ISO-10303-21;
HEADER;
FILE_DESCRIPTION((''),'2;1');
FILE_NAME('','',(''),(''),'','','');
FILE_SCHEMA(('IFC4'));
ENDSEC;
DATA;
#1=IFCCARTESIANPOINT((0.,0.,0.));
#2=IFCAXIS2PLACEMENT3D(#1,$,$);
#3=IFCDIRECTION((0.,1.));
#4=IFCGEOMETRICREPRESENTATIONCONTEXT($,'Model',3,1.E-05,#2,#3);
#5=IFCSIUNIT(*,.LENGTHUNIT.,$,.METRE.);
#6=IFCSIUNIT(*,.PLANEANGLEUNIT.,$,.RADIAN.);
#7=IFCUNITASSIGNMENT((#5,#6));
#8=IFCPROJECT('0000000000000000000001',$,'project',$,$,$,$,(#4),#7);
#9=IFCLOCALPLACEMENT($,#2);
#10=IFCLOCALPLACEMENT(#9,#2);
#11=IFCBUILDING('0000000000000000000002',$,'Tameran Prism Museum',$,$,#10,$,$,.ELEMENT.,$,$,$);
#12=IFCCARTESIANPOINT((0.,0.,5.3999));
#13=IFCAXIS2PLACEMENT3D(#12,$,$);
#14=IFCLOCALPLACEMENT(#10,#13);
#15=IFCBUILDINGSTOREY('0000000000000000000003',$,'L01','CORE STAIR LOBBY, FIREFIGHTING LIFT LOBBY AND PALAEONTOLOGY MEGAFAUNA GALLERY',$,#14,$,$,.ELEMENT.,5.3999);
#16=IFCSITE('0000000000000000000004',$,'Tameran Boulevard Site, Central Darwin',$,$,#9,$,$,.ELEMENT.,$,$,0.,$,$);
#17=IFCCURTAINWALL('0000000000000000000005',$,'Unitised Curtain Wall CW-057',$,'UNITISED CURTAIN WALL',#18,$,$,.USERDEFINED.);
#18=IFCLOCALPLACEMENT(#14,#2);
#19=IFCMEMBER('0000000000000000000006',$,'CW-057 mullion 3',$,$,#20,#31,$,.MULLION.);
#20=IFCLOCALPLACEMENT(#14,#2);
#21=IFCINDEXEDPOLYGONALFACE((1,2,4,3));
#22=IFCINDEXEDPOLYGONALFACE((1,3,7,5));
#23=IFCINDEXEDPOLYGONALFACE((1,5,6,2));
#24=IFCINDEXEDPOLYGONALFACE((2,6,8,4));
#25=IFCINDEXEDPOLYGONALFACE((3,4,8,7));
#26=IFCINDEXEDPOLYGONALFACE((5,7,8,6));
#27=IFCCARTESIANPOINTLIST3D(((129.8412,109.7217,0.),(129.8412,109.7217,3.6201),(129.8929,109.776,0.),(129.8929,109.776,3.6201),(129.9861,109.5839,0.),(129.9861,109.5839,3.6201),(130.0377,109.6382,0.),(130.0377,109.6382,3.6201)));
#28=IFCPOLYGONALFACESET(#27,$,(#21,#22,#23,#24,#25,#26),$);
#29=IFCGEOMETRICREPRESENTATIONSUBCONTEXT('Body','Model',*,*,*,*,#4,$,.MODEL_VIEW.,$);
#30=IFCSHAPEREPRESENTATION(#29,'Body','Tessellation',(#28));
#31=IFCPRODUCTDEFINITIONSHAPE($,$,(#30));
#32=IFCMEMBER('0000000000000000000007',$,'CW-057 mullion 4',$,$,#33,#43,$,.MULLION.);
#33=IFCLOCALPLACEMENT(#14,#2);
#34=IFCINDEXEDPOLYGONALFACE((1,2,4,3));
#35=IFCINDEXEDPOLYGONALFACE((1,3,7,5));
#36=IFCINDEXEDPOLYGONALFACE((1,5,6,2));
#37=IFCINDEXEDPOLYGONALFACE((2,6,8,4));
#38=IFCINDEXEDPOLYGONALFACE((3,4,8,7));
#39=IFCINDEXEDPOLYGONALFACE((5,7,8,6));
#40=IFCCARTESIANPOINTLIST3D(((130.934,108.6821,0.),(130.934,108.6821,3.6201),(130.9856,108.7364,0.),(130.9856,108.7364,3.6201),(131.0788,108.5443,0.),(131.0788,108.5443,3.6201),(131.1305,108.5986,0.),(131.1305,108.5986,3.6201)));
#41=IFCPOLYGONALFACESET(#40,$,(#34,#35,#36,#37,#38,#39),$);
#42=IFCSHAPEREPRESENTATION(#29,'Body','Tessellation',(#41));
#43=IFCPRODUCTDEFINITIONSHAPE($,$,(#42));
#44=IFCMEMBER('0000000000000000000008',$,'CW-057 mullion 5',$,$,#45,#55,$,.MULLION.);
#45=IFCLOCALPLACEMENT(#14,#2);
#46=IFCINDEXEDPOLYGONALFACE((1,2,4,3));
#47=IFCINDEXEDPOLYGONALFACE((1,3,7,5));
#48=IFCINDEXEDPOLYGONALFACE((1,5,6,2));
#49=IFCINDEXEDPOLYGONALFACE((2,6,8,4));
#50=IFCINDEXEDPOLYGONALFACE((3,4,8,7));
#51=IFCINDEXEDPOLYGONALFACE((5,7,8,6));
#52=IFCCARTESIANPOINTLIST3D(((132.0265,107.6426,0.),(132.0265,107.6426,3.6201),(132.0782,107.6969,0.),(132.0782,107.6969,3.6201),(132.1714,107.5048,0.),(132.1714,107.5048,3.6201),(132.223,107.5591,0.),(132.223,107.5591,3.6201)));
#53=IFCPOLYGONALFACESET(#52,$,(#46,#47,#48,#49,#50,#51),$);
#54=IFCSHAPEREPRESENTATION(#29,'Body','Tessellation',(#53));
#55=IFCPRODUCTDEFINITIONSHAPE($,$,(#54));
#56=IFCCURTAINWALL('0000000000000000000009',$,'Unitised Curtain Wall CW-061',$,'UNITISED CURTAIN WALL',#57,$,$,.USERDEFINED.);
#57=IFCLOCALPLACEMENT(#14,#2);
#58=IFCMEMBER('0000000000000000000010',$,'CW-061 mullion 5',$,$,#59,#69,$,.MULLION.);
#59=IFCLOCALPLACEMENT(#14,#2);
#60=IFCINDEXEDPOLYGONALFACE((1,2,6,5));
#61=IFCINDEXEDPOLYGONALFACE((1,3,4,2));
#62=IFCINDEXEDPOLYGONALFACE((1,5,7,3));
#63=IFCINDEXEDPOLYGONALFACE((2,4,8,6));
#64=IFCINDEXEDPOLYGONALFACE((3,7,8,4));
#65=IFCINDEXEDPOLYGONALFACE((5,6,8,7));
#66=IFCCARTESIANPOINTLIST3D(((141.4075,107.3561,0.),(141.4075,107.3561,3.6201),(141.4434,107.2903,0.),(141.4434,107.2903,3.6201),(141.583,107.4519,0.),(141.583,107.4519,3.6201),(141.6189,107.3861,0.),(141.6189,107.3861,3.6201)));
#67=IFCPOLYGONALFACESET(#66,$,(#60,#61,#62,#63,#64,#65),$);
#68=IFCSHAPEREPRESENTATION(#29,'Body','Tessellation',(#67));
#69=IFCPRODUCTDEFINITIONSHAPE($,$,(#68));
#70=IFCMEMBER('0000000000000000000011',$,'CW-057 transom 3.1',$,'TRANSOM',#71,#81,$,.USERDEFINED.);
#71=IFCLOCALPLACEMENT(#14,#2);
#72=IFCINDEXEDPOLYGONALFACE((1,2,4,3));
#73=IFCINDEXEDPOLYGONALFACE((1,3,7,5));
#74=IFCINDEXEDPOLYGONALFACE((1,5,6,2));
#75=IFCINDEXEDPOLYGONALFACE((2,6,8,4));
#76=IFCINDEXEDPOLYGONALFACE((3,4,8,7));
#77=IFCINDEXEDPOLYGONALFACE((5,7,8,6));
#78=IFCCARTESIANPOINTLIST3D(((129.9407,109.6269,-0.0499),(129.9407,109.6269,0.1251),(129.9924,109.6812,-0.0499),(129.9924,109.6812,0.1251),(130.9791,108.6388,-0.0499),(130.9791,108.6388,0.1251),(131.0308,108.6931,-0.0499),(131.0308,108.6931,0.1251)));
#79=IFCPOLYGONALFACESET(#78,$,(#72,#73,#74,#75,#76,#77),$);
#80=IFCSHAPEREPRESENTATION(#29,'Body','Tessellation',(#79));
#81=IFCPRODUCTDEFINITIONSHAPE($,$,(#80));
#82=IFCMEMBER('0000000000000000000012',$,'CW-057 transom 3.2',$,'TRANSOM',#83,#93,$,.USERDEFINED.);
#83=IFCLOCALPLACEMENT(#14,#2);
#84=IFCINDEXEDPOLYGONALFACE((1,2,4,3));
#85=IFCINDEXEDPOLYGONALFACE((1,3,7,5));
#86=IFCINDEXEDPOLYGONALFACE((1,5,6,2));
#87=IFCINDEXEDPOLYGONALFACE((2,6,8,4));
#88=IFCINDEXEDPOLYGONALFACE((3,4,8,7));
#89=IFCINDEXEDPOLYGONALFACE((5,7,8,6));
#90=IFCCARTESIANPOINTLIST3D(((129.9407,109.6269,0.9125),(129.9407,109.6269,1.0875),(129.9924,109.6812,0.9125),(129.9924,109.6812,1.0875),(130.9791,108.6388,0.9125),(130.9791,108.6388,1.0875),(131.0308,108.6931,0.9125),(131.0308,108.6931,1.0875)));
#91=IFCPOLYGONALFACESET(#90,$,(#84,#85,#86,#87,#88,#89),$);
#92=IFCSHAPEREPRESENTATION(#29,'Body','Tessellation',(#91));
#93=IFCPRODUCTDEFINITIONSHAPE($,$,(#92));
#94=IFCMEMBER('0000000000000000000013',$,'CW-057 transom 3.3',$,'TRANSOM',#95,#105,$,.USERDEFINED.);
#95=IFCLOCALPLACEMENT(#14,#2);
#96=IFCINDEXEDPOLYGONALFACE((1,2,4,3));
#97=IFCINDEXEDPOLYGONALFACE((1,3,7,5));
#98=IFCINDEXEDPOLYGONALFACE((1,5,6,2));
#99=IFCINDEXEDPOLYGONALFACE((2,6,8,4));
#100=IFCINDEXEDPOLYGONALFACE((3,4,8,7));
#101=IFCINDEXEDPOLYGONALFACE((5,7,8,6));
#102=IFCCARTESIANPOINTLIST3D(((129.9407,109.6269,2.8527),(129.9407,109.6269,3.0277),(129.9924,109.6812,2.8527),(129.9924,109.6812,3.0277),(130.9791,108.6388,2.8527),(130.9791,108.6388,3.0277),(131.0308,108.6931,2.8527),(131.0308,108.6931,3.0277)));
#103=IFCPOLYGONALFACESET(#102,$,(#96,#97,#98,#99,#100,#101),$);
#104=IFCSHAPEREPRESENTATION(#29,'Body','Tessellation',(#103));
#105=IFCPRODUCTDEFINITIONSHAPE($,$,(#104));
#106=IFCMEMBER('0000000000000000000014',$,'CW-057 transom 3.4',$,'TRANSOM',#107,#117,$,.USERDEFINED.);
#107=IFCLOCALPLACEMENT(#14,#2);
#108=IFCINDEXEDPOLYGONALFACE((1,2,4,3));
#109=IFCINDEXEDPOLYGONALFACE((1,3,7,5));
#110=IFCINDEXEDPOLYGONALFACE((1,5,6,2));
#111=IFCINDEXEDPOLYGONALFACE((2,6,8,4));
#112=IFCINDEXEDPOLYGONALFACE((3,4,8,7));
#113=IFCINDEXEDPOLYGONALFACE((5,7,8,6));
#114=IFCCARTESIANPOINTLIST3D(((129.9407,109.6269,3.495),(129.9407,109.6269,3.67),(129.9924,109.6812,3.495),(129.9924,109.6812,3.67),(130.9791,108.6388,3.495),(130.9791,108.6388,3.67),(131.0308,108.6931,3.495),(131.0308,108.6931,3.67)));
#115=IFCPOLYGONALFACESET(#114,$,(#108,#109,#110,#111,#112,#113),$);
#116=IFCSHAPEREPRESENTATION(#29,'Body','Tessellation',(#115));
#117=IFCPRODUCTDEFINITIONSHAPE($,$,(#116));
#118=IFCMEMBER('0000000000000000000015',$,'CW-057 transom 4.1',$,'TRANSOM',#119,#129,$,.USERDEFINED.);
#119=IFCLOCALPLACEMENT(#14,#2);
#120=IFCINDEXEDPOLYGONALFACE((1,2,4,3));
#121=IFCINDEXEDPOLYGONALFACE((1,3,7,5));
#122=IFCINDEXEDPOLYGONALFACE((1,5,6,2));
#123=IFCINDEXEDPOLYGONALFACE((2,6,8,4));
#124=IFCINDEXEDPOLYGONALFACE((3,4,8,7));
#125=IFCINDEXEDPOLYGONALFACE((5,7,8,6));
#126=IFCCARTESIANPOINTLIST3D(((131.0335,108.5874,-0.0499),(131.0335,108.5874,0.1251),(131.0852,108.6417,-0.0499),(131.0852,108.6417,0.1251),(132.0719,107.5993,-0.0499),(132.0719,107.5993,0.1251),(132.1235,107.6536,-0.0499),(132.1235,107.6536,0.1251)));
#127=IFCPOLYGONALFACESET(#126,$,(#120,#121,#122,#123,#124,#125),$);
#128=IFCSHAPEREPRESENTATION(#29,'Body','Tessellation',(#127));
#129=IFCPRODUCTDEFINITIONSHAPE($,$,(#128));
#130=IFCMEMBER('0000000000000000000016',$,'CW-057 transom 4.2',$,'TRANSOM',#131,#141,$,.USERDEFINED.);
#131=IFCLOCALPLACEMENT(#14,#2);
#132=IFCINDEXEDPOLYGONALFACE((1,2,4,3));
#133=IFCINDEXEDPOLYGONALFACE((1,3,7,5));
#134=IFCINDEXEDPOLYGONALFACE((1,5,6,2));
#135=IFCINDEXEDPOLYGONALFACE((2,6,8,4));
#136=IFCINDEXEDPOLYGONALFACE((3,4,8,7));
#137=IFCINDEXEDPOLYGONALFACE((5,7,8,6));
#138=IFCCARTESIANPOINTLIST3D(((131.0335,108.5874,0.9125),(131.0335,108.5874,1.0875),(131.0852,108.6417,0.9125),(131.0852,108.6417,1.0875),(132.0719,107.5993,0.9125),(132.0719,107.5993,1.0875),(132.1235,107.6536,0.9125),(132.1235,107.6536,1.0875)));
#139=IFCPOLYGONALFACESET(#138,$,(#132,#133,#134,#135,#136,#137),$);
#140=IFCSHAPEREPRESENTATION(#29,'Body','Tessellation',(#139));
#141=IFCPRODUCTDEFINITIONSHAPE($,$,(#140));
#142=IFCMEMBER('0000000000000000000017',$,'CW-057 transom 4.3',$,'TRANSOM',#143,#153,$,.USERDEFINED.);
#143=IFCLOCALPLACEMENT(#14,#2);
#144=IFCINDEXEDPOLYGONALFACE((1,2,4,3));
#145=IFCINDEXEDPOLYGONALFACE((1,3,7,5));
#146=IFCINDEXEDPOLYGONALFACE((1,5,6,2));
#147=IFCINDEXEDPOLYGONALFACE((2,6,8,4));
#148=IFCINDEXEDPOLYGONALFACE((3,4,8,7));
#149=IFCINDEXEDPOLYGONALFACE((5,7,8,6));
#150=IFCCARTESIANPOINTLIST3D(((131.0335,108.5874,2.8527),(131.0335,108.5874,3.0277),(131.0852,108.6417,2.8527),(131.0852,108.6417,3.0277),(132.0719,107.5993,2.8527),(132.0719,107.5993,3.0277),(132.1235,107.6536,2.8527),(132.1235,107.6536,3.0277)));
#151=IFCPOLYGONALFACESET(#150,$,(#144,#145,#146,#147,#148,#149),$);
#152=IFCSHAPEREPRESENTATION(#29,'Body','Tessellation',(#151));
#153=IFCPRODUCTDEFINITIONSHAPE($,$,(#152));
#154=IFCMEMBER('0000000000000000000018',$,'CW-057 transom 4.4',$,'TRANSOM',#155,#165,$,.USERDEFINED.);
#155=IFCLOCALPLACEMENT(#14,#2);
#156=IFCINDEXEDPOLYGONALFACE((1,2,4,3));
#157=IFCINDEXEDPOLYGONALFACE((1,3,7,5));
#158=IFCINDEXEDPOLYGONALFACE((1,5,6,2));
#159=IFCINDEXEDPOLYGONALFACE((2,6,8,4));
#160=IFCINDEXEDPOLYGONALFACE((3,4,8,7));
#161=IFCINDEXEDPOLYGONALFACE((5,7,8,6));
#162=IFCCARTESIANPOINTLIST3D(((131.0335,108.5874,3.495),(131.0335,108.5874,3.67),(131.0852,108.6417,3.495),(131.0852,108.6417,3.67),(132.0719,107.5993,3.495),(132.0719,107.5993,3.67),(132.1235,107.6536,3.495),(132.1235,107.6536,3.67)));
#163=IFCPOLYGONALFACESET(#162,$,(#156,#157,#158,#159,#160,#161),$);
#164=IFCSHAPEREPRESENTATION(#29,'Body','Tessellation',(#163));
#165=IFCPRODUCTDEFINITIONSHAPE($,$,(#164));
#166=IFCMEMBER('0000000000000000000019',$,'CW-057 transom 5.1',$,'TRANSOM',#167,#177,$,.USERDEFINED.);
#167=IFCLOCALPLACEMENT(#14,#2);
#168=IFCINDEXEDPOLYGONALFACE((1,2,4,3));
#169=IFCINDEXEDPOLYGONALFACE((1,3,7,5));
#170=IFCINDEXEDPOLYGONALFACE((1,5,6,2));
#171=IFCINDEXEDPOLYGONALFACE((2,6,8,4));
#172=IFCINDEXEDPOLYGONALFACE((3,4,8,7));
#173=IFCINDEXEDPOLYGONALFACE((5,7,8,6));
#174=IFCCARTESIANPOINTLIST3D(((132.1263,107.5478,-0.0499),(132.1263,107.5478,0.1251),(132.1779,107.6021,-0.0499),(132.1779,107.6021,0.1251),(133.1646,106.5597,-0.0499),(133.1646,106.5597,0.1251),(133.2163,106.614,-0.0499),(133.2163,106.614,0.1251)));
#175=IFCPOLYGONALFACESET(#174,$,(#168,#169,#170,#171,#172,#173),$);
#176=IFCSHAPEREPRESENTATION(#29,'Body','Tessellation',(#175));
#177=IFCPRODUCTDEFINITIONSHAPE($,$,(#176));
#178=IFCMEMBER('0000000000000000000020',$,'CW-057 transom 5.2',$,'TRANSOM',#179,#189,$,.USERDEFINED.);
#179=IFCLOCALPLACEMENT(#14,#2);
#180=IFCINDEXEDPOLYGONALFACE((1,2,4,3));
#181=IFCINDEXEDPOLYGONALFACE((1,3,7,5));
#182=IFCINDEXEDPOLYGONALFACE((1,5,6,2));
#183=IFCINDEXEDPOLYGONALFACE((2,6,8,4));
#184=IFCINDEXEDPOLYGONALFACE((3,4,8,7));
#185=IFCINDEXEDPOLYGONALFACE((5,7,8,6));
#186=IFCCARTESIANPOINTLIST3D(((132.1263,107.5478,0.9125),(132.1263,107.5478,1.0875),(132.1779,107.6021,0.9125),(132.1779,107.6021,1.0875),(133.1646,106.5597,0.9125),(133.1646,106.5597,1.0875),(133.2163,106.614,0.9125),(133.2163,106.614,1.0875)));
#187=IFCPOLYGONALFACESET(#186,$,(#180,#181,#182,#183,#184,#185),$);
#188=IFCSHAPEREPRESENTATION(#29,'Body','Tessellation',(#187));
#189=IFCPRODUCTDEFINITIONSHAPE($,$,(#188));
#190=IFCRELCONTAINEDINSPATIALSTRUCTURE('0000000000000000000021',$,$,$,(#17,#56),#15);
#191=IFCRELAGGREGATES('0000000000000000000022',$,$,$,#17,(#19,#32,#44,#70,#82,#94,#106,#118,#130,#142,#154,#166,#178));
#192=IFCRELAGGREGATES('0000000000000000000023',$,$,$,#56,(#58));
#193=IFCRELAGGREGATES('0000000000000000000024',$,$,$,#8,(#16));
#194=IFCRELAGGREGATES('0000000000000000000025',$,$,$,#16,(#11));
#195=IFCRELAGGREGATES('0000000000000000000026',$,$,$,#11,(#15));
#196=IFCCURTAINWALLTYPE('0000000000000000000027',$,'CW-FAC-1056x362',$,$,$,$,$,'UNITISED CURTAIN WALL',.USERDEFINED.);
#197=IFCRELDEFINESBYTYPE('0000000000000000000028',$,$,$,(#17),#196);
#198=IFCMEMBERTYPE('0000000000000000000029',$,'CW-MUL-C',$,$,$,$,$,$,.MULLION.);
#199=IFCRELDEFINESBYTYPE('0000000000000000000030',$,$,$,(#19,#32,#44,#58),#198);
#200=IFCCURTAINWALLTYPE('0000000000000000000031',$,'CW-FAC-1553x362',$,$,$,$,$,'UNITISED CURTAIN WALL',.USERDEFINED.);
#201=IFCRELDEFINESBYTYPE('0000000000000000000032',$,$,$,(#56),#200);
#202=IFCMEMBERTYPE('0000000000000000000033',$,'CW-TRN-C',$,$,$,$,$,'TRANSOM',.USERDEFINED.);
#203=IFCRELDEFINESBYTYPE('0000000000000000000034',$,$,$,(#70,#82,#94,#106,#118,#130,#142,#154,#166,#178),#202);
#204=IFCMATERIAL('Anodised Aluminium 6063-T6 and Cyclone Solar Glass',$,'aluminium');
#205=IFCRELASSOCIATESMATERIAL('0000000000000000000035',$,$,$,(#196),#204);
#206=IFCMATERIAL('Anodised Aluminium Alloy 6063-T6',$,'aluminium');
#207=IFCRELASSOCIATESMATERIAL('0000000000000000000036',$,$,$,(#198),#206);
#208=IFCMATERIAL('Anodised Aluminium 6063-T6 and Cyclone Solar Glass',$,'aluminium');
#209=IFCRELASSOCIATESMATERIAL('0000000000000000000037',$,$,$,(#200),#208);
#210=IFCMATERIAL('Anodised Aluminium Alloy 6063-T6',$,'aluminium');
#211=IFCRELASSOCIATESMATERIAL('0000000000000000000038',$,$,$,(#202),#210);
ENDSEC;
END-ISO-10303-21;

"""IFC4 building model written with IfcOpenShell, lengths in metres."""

from ifc_helpers import new_model, si_unit, direction, frame, origin, origin_2d, place, context, subcontext, project, spatial, rectangle, extrude, material, material_profile, profile_set, type_object, element, aggregate, save


model = new_model("IFC4")

# Units and contexts
model_context = context("Model", 3, precision=1e-05, world=origin(), true_north=direction((0.0, 1.0)))
body_context = subcontext(model_context, "Body", "Model", "MODEL_VIEW")
ifc_project = project(units=[si_unit("LENGTHUNIT", "METRE"), si_unit("PLANEANGLEUNIT", "RADIAN")], contexts=[model_context])

# Site, building, storey
site_placement = place(None, origin())
site = spatial("IfcSite", under=ifc_project, at=site_placement, Name="Tameran Boulevard Site, Central Darwin", CompositionType="ELEMENT", RefElevation=0.0)
building_placement = place(site_placement, origin())
building = spatial("IfcBuilding", under=site, at=building_placement, Name="Tameran Prism Museum", CompositionType="ELEMENT")
storey_placement = place(building_placement, frame((0.0, 0.0, 5.3999)))
storey = spatial("IfcBuildingStorey", under=building, at=storey_placement, Name="L01", Description="CORE STAIR LOBBY, FIREFIGHTING LIFT LOBBY AND PALAEONTOLOGY MEGAFAUNA GALLERY", CompositionType="ELEMENT", Elevation=5.3999)

# Curtain wall, members
ifc_material_1 = material(Name="Anodised Aluminium 6063-T6 and Cyclone Solar Glass", Category="aluminium")
curtain_wall_type_1 = type_object("IfcCurtainWallType", Name="CW-FAC-1056x362", ElementType="UNITISED CURTAIN WALL", PredefinedType="USERDEFINED", material=ifc_material_1)
curtain_wall_1_placement = place(storey_placement, origin())
curtain_wall_1 = element("IfcCurtainWall", 1, at=curtain_wall_1_placement, inside=storey, type_object=curtain_wall_type_1, Name="Unitised Curtain Wall CW-057", ObjectType="UNITISED CURTAIN WALL", PredefinedType="USERDEFINED")
ifc_material_2 = material(Name="Anodised Aluminium Alloy 6063-T6", Category="aluminium")
ifc_material_profile_1 = material_profile(ifc_material_2, rectangle(XDim=0.075, YDim=0.2, at=origin_2d()))
ifc_profile_set_1 = profile_set([ifc_material_profile_1])
member_type_1 = type_object("IfcMemberType", Name="CW-MUL-C", PredefinedType="MULLION", material=ifc_profile_set_1)
member_1_placement = place(storey_placement, frame((129.9395, 109.6799, 0.0), z_axis=(0.0, 0.0, 1.0), x_axis=(0.68927, 0.724505, 0.0)))
member_1 = element("IfcMember", 2, at=member_1_placement, type_object=member_type_1, Name="CW-057 mullion 3", PredefinedType="MULLION", context=body_context, shape_type="SweptSolid", body=[
    extrude(rectangle(XDim=0.075, YDim=0.2, at=origin_2d()), origin(), (0.0, 0.0, 1.0), 3.6201),
])
member_2_placement = place(storey_placement, frame((131.0322, 108.6404, 0.0), z_axis=(0.0, 0.0, 1.0), x_axis=(0.68927, 0.724505, 0.0)))
member_2 = element("IfcMember", 3, at=member_2_placement, type_object=member_type_1, Name="CW-057 mullion 4", PredefinedType="MULLION", context=body_context, shape_type="SweptSolid", body=[
    extrude(rectangle(XDim=0.075, YDim=0.2, at=origin_2d()), origin(), (0.0, 0.0, 1.0), 3.6201),
])
member_3_placement = place(storey_placement, frame((132.1248, 107.6008, 0.0), z_axis=(0.0, 0.0, 1.0), x_axis=(0.68927, 0.724505, 0.0)))
member_3 = element("IfcMember", 4, at=member_3_placement, type_object=member_type_1, Name="CW-057 mullion 5", PredefinedType="MULLION", context=body_context, shape_type="SweptSolid", body=[
    extrude(rectangle(XDim=0.075, YDim=0.2, at=origin_2d()), origin(), (0.0, 0.0, 1.0), 3.6201),
])

# Curtain wall, member
ifc_material_3 = material(Name="Anodised Aluminium 6063-T6 and Cyclone Solar Glass", Category="aluminium")
curtain_wall_type_2 = type_object("IfcCurtainWallType", Name="CW-FAC-1553x362", ElementType="UNITISED CURTAIN WALL", PredefinedType="USERDEFINED", material=ifc_material_3)
curtain_wall_2_placement = place(storey_placement, origin())
curtain_wall_2 = element("IfcCurtainWall", 5, at=curtain_wall_2_placement, inside=storey, type_object=curtain_wall_type_2, Name="Unitised Curtain Wall CW-061", ObjectType="UNITISED CURTAIN WALL", PredefinedType="USERDEFINED")
member_4_placement = place(storey_placement, frame((141.5132, 107.3711, 0.0), z_axis=(0.0, 0.0, 1.0), x_axis=(-0.478793, 0.877928, 0.0)))
member_4 = element("IfcMember", 6, at=member_4_placement, type_object=member_type_1, Name="CW-061 mullion 5", PredefinedType="MULLION", context=body_context, shape_type="SweptSolid", body=[
    extrude(rectangle(XDim=0.075, YDim=0.2, at=origin_2d()), origin(), (0.0, 0.0, 1.0), 3.6201),
])

# Members
ifc_material_4 = material(Name="Anodised Aluminium Alloy 6063-T6", Category="aluminium")
ifc_material_profile_2 = material_profile(ifc_material_4, rectangle(XDim=0.075, YDim=0.175, at=origin_2d()))
ifc_profile_set_2 = profile_set([ifc_material_profile_2])
member_type_2 = type_object("IfcMemberType", Name="CW-TRN-C", ElementType="TRANSOM", PredefinedType="USERDEFINED", material=ifc_profile_set_2)
member_5_placement = place(storey_placement, frame((129.9666, 109.6541, 0.0376), z_axis=(0.724434, -0.689345, 0.0), x_axis=(0.689345, 0.724434, 0.0)))
member_5 = element("IfcMember", 7, at=member_5_placement, type_object=member_type_2, Name="CW-057 transom 3.1", ObjectType="TRANSOM", PredefinedType="USERDEFINED", context=body_context, shape_type="SweptSolid", body=[
    extrude(rectangle(XDim=0.075, YDim=0.175, at=origin_2d()), origin(), (0.0, 0.0, 1.0), 1.4333),
])
member_6_placement = place(storey_placement, frame((129.9666, 109.6541, 1.0), z_axis=(0.724434, -0.689345, 0.0), x_axis=(0.689345, 0.724434, 0.0)))
member_6 = element("IfcMember", 8, at=member_6_placement, type_object=member_type_2, Name="CW-057 transom 3.2", ObjectType="TRANSOM", PredefinedType="USERDEFINED", context=body_context, shape_type="SweptSolid", body=[
    extrude(rectangle(XDim=0.075, YDim=0.175, at=origin_2d()), origin(), (0.0, 0.0, 1.0), 1.4333),
])
member_7_placement = place(storey_placement, frame((129.9666, 109.6541, 2.9402), z_axis=(0.724434, -0.689345, 0.0), x_axis=(0.689345, 0.724434, 0.0)))
member_7 = element("IfcMember", 9, at=member_7_placement, type_object=member_type_2, Name="CW-057 transom 3.3", ObjectType="TRANSOM", PredefinedType="USERDEFINED", context=body_context, shape_type="SweptSolid", body=[
    extrude(rectangle(XDim=0.075, YDim=0.175, at=origin_2d()), origin(), (0.0, 0.0, 1.0), 1.4333),
])
member_8_placement = place(storey_placement, frame((129.9666, 109.6541, 3.5825), z_axis=(0.724434, -0.689345, 0.0), x_axis=(0.689345, 0.724434, 0.0)))
member_8 = element("IfcMember", 10, at=member_8_placement, type_object=member_type_2, Name="CW-057 transom 3.4", ObjectType="TRANSOM", PredefinedType="USERDEFINED", context=body_context, shape_type="SweptSolid", body=[
    extrude(rectangle(XDim=0.075, YDim=0.175, at=origin_2d()), origin(), (0.0, 0.0, 1.0), 1.4333),
])
member_9_placement = place(storey_placement, frame((131.0593, 108.6145, 0.0376), z_axis=(0.724434, -0.689345, 0.0), x_axis=(0.689345, 0.724434, 0.0)))
member_9 = element("IfcMember", 11, at=member_9_placement, type_object=member_type_2, Name="CW-057 transom 4.1", ObjectType="TRANSOM", PredefinedType="USERDEFINED", context=body_context, shape_type="SweptSolid", body=[
    extrude(rectangle(XDim=0.075, YDim=0.175, at=origin_2d()), origin(), (0.0, 0.0, 1.0), 1.4333),
])
member_10_placement = place(storey_placement, frame((131.0593, 108.6145, 1.0), z_axis=(0.724434, -0.689345, 0.0), x_axis=(0.689345, 0.724434, 0.0)))
member_10 = element("IfcMember", 12, at=member_10_placement, type_object=member_type_2, Name="CW-057 transom 4.2", ObjectType="TRANSOM", PredefinedType="USERDEFINED", context=body_context, shape_type="SweptSolid", body=[
    extrude(rectangle(XDim=0.075, YDim=0.175, at=origin_2d()), origin(), (0.0, 0.0, 1.0), 1.4333),
])
member_11_placement = place(storey_placement, frame((131.0593, 108.6145, 2.9402), z_axis=(0.724434, -0.689345, 0.0), x_axis=(0.689345, 0.724434, 0.0)))
member_11 = element("IfcMember", 13, at=member_11_placement, type_object=member_type_2, Name="CW-057 transom 4.3", ObjectType="TRANSOM", PredefinedType="USERDEFINED", context=body_context, shape_type="SweptSolid", body=[
    extrude(rectangle(XDim=0.075, YDim=0.175, at=origin_2d()), origin(), (0.0, 0.0, 1.0), 1.4333),
])
member_12_placement = place(storey_placement, frame((131.0593, 108.6145, 3.5825), z_axis=(0.724434, -0.689345, 0.0), x_axis=(0.689345, 0.724434, 0.0)))
member_12 = element("IfcMember", 14, at=member_12_placement, type_object=member_type_2, Name="CW-057 transom 4.4", ObjectType="TRANSOM", PredefinedType="USERDEFINED", context=body_context, shape_type="SweptSolid", body=[
    extrude(rectangle(XDim=0.075, YDim=0.175, at=origin_2d()), origin(), (0.0, 0.0, 1.0), 1.4333),
])
member_13_placement = place(storey_placement, frame((132.1521, 107.575, 0.0376), z_axis=(0.724434, -0.689345, 0.0), x_axis=(0.689345, 0.724434, 0.0)))
member_13 = element("IfcMember", 15, at=member_13_placement, type_object=member_type_2, Name="CW-057 transom 5.1", ObjectType="TRANSOM", PredefinedType="USERDEFINED", context=body_context, shape_type="SweptSolid", body=[
    extrude(rectangle(XDim=0.075, YDim=0.175, at=origin_2d()), origin(), (0.0, 0.0, 1.0), 1.4333),
])
member_14_placement = place(storey_placement, frame((132.1521, 107.575, 1.0), z_axis=(0.724434, -0.689345, 0.0), x_axis=(0.689345, 0.724434, 0.0)))
member_14 = element("IfcMember", 16, at=member_14_placement, type_object=member_type_2, Name="CW-057 transom 5.2", ObjectType="TRANSOM", PredefinedType="USERDEFINED", context=body_context, shape_type="SweptSolid", body=[
    extrude(rectangle(XDim=0.075, YDim=0.175, at=origin_2d()), origin(), (0.0, 0.0, 1.0), 1.4333),
])

aggregate(curtain_wall_1, [member_1, member_2, member_3, member_5, member_6, member_7, member_8, member_9, member_10, member_11, member_12, member_13, member_14])
aggregate(curtain_wall_2, [member_4])

save(model, "model.ifc")
